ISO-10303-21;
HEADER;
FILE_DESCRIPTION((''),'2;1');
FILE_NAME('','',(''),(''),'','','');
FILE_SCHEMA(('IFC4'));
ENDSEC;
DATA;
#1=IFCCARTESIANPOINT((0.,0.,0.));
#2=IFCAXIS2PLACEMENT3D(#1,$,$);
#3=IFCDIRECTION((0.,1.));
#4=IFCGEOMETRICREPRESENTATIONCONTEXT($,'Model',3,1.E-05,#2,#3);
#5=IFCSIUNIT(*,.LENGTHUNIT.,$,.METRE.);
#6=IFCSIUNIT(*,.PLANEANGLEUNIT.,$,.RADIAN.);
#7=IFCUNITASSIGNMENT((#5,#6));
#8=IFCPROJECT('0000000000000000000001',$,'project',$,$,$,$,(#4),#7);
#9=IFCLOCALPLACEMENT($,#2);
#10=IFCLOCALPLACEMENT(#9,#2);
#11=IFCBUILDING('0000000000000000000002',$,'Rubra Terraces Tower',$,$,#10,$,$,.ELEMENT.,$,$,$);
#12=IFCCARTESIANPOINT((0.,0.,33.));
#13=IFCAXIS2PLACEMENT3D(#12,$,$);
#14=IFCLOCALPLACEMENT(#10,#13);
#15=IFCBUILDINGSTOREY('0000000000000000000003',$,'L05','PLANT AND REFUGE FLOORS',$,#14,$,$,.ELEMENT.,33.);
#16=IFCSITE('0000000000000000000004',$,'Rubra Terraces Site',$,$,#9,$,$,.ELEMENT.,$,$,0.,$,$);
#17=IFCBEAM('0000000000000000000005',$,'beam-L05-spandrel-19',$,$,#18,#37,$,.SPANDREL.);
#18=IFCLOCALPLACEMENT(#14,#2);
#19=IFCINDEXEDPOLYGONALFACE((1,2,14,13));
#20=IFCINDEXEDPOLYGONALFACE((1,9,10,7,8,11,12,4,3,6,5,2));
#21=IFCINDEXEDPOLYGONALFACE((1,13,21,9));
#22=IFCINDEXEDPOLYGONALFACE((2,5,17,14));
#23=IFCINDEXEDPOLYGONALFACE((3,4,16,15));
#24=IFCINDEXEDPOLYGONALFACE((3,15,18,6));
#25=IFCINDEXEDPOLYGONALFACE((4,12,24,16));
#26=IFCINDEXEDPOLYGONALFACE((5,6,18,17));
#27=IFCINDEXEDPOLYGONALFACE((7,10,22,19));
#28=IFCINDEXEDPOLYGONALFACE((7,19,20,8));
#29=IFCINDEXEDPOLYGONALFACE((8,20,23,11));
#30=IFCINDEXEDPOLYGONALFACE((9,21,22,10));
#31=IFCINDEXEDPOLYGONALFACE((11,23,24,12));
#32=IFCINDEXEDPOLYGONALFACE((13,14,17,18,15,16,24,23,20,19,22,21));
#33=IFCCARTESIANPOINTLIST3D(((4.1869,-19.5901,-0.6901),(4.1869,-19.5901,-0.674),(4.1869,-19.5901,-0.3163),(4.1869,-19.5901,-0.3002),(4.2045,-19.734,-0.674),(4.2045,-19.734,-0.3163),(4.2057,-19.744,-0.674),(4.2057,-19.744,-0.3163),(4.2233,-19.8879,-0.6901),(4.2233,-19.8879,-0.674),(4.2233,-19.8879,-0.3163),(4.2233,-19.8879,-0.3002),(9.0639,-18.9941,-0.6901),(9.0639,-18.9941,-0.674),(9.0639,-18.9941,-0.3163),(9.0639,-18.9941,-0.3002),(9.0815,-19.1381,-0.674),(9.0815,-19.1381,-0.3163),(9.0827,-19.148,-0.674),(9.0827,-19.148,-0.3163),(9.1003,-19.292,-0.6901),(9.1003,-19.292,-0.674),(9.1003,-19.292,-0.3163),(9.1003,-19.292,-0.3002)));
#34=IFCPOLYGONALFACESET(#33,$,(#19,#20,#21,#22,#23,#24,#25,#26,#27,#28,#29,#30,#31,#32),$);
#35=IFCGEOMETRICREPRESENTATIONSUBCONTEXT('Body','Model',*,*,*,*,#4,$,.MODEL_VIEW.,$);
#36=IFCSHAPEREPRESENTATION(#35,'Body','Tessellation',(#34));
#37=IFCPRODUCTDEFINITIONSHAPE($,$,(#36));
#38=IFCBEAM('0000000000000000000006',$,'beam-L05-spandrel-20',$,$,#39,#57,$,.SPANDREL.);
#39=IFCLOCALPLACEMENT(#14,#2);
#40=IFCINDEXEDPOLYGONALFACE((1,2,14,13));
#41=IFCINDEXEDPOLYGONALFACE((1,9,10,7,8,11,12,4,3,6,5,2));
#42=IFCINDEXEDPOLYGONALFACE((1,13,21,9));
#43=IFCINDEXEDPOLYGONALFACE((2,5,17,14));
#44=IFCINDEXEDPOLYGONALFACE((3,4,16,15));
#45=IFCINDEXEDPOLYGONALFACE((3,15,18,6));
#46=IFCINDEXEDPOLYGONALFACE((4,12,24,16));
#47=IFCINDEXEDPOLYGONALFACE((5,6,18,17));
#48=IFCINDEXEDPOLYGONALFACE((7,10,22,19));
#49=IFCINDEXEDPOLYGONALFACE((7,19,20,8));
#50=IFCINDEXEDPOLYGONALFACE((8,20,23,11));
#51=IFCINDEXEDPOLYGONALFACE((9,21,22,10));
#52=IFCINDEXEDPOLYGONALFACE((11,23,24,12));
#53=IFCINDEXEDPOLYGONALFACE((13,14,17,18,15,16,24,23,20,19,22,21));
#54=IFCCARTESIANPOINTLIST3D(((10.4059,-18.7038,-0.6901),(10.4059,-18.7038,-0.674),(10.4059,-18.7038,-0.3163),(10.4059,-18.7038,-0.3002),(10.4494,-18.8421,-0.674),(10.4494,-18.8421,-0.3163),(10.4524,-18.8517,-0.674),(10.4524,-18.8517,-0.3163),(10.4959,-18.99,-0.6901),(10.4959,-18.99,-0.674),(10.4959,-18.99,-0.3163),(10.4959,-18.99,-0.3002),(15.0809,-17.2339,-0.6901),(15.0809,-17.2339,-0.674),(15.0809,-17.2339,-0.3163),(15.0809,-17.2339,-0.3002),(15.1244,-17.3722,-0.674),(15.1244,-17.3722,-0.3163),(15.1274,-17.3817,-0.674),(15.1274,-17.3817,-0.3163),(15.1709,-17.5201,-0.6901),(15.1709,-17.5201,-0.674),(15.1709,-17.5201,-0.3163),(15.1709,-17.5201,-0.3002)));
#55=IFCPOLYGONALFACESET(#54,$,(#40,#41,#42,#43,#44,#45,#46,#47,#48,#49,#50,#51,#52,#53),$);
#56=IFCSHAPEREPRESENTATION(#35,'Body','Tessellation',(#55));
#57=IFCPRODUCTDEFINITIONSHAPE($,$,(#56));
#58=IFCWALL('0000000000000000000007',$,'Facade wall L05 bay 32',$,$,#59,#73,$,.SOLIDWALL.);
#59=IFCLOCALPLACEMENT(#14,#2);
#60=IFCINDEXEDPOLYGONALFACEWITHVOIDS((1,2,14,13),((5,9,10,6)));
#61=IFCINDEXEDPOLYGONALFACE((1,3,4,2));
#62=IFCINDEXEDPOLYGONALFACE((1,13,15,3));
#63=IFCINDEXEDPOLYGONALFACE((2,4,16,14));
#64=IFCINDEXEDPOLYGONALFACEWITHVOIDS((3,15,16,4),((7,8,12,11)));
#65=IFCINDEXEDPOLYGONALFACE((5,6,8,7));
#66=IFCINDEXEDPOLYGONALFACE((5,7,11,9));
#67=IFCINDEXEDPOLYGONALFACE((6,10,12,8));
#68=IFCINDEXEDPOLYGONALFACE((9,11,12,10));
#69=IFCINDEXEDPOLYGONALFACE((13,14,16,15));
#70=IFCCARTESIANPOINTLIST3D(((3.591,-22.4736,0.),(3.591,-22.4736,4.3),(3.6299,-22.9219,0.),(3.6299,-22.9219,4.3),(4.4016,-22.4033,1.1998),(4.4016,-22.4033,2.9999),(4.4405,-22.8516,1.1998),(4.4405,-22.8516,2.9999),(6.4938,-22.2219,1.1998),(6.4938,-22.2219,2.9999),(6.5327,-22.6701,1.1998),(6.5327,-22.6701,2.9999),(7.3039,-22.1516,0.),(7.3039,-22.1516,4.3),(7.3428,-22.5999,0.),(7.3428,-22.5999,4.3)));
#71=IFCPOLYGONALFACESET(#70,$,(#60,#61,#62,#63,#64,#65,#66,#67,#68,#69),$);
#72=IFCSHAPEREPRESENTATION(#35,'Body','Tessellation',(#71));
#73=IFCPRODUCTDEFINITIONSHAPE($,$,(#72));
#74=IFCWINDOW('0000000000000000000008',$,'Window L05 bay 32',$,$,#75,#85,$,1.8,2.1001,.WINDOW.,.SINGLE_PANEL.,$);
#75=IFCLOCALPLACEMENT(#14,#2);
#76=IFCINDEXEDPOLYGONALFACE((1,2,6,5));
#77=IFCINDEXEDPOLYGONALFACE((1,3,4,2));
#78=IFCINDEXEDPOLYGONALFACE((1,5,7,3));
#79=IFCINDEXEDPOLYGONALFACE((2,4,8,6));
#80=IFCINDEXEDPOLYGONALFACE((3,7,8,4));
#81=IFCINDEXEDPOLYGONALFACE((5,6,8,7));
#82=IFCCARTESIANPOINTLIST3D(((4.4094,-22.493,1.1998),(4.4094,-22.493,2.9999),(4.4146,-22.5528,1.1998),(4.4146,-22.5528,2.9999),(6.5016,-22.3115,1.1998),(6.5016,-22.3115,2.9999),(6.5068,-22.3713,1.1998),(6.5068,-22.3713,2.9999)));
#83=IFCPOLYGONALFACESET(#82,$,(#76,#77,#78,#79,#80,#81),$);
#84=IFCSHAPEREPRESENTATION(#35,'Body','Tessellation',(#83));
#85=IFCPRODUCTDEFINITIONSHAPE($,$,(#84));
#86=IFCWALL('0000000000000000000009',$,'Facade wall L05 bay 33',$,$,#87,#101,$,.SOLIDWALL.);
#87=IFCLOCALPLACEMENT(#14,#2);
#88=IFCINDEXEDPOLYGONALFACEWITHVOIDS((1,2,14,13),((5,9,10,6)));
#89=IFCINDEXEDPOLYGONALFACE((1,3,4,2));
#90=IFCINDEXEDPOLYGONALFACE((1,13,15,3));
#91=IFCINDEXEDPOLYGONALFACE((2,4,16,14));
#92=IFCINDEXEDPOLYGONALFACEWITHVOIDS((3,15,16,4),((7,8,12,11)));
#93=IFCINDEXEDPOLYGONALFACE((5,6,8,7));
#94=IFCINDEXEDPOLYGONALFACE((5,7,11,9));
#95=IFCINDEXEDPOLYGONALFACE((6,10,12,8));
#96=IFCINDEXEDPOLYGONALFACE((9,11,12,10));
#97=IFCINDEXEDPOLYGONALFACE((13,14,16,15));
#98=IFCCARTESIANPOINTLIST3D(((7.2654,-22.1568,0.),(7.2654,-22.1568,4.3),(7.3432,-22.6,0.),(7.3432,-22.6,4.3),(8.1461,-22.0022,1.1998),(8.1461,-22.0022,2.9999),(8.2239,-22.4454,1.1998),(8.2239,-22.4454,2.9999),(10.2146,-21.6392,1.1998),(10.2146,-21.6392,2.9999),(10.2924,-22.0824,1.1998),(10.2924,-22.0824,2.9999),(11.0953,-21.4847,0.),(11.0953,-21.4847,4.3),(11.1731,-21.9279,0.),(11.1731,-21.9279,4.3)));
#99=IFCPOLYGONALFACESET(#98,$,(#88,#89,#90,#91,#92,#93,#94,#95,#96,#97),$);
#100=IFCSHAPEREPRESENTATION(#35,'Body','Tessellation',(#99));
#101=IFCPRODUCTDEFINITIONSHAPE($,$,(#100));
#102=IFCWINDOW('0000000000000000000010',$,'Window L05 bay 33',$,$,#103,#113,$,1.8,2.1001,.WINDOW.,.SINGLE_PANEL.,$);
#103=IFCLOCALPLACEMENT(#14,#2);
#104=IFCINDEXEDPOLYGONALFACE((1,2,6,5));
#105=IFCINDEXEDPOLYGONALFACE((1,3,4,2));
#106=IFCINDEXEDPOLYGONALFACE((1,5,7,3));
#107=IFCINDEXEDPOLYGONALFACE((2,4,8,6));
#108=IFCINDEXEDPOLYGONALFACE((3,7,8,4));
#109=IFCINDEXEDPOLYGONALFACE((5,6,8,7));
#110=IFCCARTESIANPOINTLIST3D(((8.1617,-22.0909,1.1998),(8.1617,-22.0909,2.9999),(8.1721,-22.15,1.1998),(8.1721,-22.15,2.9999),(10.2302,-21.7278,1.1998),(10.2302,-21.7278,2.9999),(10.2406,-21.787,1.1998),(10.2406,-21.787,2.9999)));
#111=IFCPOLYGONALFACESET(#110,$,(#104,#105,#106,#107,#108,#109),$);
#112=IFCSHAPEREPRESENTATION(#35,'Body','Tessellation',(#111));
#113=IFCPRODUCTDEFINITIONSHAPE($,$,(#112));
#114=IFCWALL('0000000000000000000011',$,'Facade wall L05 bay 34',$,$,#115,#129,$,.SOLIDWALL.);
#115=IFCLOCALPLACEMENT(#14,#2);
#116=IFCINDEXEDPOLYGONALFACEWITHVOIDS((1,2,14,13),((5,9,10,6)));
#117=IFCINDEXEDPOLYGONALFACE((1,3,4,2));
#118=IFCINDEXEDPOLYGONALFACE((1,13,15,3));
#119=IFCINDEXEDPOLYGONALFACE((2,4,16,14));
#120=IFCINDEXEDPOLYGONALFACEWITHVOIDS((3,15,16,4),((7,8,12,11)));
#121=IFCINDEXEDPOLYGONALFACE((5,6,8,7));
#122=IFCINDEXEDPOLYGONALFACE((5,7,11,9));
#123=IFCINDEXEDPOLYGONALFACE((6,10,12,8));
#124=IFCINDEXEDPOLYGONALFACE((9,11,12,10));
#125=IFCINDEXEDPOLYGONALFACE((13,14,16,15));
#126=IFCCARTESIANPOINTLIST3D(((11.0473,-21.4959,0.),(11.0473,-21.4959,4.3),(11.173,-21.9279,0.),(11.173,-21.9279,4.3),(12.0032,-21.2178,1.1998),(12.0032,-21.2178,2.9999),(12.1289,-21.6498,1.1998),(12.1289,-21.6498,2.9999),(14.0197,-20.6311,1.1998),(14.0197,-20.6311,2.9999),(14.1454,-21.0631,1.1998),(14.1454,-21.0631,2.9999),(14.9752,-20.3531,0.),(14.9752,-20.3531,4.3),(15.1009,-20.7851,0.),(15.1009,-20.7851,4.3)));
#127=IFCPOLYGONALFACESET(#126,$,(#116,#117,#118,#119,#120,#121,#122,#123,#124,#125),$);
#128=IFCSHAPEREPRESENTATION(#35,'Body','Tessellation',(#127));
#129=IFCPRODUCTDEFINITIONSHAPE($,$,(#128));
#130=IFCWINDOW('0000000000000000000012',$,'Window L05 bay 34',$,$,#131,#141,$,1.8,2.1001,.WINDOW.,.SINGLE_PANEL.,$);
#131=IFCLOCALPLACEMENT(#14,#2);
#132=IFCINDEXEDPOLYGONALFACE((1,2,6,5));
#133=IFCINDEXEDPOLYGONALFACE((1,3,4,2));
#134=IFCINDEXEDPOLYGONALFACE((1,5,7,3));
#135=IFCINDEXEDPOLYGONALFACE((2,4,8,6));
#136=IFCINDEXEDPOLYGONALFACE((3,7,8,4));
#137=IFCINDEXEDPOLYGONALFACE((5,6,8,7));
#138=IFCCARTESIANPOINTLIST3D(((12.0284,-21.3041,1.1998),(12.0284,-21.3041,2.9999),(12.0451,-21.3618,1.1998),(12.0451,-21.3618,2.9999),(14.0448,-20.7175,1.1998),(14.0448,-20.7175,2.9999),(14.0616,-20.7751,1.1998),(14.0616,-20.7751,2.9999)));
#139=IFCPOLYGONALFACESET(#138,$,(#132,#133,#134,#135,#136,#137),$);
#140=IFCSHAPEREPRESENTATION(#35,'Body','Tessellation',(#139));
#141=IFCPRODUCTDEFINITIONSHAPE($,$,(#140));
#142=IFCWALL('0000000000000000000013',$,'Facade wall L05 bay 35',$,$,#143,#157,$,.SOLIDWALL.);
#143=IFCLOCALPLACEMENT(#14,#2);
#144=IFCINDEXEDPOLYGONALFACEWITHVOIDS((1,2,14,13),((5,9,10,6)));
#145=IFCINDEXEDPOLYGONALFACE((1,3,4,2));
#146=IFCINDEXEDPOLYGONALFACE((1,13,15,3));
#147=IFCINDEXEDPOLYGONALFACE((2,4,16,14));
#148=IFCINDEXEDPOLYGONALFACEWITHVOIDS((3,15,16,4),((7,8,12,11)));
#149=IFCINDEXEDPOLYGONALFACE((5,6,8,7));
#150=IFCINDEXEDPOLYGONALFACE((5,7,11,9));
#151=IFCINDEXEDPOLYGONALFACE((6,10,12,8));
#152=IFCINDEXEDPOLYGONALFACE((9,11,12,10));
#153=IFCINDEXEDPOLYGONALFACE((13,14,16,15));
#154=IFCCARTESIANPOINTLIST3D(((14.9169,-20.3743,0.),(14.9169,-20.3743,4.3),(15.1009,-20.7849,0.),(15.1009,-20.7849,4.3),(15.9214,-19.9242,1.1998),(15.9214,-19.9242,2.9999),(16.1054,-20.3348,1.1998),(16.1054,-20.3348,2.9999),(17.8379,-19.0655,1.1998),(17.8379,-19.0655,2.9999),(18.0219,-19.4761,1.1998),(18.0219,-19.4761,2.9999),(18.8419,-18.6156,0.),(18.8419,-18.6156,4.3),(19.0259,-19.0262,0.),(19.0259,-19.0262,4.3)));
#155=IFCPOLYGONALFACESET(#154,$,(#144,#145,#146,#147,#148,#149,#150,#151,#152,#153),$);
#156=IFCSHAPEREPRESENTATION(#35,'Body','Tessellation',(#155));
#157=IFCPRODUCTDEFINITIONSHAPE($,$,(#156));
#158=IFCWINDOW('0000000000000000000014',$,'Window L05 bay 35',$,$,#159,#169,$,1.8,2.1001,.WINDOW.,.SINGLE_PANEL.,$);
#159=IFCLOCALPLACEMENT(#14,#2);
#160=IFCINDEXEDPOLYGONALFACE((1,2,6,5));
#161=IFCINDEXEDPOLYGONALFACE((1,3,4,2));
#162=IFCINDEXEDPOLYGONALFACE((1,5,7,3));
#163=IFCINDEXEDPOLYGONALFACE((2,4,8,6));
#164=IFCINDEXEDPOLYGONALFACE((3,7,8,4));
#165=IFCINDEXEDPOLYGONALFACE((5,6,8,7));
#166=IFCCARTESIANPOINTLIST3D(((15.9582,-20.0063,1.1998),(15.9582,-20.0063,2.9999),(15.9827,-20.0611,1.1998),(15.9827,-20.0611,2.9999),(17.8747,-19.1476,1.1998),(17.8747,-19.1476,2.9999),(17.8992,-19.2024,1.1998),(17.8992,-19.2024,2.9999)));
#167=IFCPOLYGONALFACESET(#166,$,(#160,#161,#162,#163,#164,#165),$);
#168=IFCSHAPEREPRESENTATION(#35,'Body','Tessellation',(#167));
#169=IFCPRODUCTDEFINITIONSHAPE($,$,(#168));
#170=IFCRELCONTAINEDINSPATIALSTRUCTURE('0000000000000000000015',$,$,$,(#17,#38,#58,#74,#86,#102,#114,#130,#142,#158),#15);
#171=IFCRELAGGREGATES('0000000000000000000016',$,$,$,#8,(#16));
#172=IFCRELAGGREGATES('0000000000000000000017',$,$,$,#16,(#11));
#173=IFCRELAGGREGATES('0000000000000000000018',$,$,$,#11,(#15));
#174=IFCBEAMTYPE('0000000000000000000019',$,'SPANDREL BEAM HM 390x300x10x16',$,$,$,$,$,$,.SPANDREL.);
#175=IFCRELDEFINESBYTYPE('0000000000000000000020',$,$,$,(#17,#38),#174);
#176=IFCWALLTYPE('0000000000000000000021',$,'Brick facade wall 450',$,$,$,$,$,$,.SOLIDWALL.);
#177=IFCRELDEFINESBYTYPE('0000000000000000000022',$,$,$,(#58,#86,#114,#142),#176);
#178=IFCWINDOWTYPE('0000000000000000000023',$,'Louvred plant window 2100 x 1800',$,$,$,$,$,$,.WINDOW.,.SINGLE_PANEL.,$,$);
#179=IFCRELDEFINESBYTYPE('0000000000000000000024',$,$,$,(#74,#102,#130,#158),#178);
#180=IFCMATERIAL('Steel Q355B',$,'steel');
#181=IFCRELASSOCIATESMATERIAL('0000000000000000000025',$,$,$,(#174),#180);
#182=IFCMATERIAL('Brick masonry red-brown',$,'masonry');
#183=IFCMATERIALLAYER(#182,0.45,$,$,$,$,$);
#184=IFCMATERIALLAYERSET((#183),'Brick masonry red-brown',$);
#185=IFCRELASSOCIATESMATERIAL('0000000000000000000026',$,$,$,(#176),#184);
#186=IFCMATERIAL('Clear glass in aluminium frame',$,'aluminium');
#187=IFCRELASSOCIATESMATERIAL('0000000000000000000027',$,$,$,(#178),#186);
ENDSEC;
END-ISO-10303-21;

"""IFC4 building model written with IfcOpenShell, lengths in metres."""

from ifc_helpers import new_model, si_unit, direction, frame, frame_2d, origin, origin_2d, place, context, subcontext, project, spatial, rectangle, i_section, extrude, material, layer, layer_set, material_profile, profile_set, type_object, element, fill, save


model = new_model("IFC4")

# Units and contexts
model_context = context("Model", 3, precision=1e-05, world=origin(), true_north=direction((0.0, 1.0)))
body_context = subcontext(model_context, "Body", "Model", "MODEL_VIEW")
ifc_project = project(units=[si_unit("LENGTHUNIT", "METRE"), si_unit("PLANEANGLEUNIT", "RADIAN")], contexts=[model_context])

# Site, building, storey
site_placement = place(None, origin())
site = spatial("IfcSite", under=ifc_project, at=site_placement, Name="Rubra Terraces Site", CompositionType="ELEMENT", RefElevation=0.0)
building_placement = place(site_placement, origin())
building = spatial("IfcBuilding", under=site, at=building_placement, Name="Rubra Terraces Tower", CompositionType="ELEMENT")
storey_placement = place(building_placement, frame((0.0, 0.0, 33.0)))
storey = spatial("IfcBuildingStorey", under=building, at=storey_placement, Name="L05", Description="PLANT AND REFUGE FLOORS", CompositionType="ELEMENT", Elevation=33.0)

# Shared definitions
ifc_material_1 = material(Name="Steel Q355B", Category="steel")

# Beams
ifc_material_profile_1 = material_profile(ifc_material_1, i_section(OverallWidth=0.3, OverallDepth=0.3899, WebThickness=0.01, FlangeThickness=0.0161, at=origin_2d()), Name="HM 390x300x10x16")
ifc_profile_set_1 = profile_set([ifc_material_profile_1], Name="Steel Q355B")
beam_type_1 = type_object("IfcBeamType", Name="SPANDREL BEAM HM 390x300x10x16", PredefinedType="SPANDREL", material=ifc_profile_set_1)
beam_1_placement = place(storey_placement, frame((4.2051, -19.739, -0.4951), z_axis=(0.992617, 0.121294, 0.0), x_axis=(-0.121294, 0.992617, 0.0)))
element("IfcBeam", 1, at=beam_1_placement, inside=storey, type_object=beam_type_1, Name="beam-L05-spandrel-19", PredefinedType="SPANDREL", context=body_context, shape_type="SweptSolid", body=[
    extrude(i_section(OverallWidth=0.3, OverallDepth=0.3899, WebThickness=0.01, FlangeThickness=0.0161, at=origin_2d()), origin(), (0.0, 0.0, 1.0), 4.9133),
])
beam_2_placement = place(storey_placement, frame((10.4509, -18.8469, -0.4951), z_axis=(0.953955, 0.299951, 0.0), x_axis=(-0.299951, 0.953955, 0.0)))
element("IfcBeam", 2, at=beam_2_placement, inside=storey, type_object=beam_type_1, Name="beam-L05-spandrel-20", PredefinedType="SPANDREL", context=body_context, shape_type="SweptSolid", body=[
    extrude(i_section(OverallWidth=0.3, OverallDepth=0.3899, WebThickness=0.01, FlangeThickness=0.0161, at=origin_2d()), origin(), (0.0, 0.0, 1.0), 4.9006),
])

# Walls, openings, windows
ifc_material_2 = material(Name="Brick masonry red-brown", Category="masonry")
ifc_layer_1 = layer(ifc_material_2, 0.45)
ifc_layer_set_1 = layer_set([ifc_layer_1], Name="Brick masonry red-brown")
wall_type_1 = type_object("IfcWallType", Name="Brick facade wall 450", PredefinedType="SOLIDWALL", material=ifc_layer_set_1)
wall_1_placement = place(storey_placement, frame((3.6106, -22.6978, 0.0), z_axis=(0.0, 0.0, 1.0), x_axis=(0.99626, 0.086406, 0.0)))
wall_1 = element("IfcWall", 3, at=wall_1_placement, inside=storey, type_object=wall_type_1, Name="Facade wall L05 bay 32", PredefinedType="SOLIDWALL", context=body_context, shape_type="SweptSolid", body=[
    extrude(rectangle(XDim=3.7268, YDim=0.45, at=frame_2d((1.8633, 0.0))), origin(), (0.0, 0.0, 1.0), 4.3),
])
opening_1_placement = place(wall_1_placement, frame((0.8135, 0.0, 1.2)))
opening_1 = element("IfcOpeningElement", 4, at=opening_1_placement, cuts=wall_1, PredefinedType="OPENING", context=body_context, shape_type="SweptSolid", body=[
    extrude(rectangle(XDim=2.1001, YDim=1.8, at=frame_2d((1.05, 0.8999))), frame((0.0, 0.2349, 0.0), z_axis=(0.0, -1.0, 0.0), x_axis=(1.0, 0.0, 0.0)), (0.0, 0.0, 1.0), 0.47),
])
ifc_material_3 = material(Name="Clear glass in aluminium frame", Category="aluminium")
window_type = type_object("IfcWindowType", Name="Louvred plant window 2100 x 1800", PartitioningType="SINGLE_PANEL", PredefinedType="WINDOW", material=ifc_material_3)
window_1_placement = place(opening_1_placement, origin())
window_1 = element("IfcWindow", 5, at=window_1_placement, inside=storey, type_object=window_type, Name="Window L05 bay 32", OverallHeight=1.8, OverallWidth=2.1001, PartitioningType="SINGLE_PANEL", PredefinedType="WINDOW", context=body_context, shape_type="SweptSolid", body=[
    extrude(rectangle(XDim=2.1001, YDim=1.8, at=frame_2d((1.05, 0.8999))), frame((0.0, 0.135, 0.0), z_axis=(0.0, -1.0, 0.0), x_axis=(1.0, 0.0, 0.0)), (0.0, 0.0, 1.0), 0.0601),
])
fill(opening_1, window_1)
wall_2_placement = place(storey_placement, frame((7.3042, -22.3784, 0.0), z_axis=(0.0, 0.0, 1.0), x_axis=(0.984947, 0.172854, 0.0)))
wall_2 = element("IfcWall", 6, at=wall_2_placement, inside=storey, type_object=wall_type_1, Name="Facade wall L05 bay 33", PredefinedType="SOLIDWALL", context=body_context, shape_type="SweptSolid", body=[
    extrude(rectangle(XDim=3.8884, YDim=0.45, at=frame_2d((1.9443, 0.0))), origin(), (0.0, 0.0, 1.0), 4.3),
])
opening_2_placement = place(wall_2_placement, frame((0.8943, 0.0, 1.2)))
opening_2 = element("IfcOpeningElement", 7, at=opening_2_placement, cuts=wall_2, PredefinedType="OPENING", context=body_context, shape_type="SweptSolid", body=[
    extrude(rectangle(XDim=2.1001, YDim=1.8, at=frame_2d((1.05, 0.8999))), frame((0.0, 0.2349, 0.0), z_axis=(0.0, -1.0, 0.0), x_axis=(1.0, 0.0, 0.0)), (0.0, 0.0, 1.0), 0.47),
])
window_2_placement = place(opening_2_placement, origin())
window_2 = element("IfcWindow", 8, at=window_2_placement, inside=storey, type_object=window_type, Name="Window L05 bay 33", OverallHeight=1.8, OverallWidth=2.1001, PartitioningType="SINGLE_PANEL", PredefinedType="WINDOW", context=body_context, shape_type="SweptSolid", body=[
    extrude(rectangle(XDim=2.1001, YDim=1.8, at=frame_2d((1.05, 0.8999))), frame((0.0, 0.135, 0.0), z_axis=(0.0, -1.0, 0.0), x_axis=(1.0, 0.0, 0.0)), (0.0, 0.0, 1.0), 0.0601),
])
fill(opening_2, window_2)
wall_3_placement = place(storey_placement, frame((11.1101, -21.7119, 0.0), z_axis=(0.0, 0.0, 1.0), x_axis=(0.960186, 0.279361, 0.0)))
wall_3 = element("IfcWall", 9, at=wall_3_placement, inside=storey, type_object=wall_type_1, Name="Facade wall L05 bay 34", PredefinedType="SOLIDWALL", context=body_context, shape_type="SweptSolid", body=[
    extrude(rectangle(XDim=4.0908, YDim=0.45, at=frame_2d((2.0454, 0.0))), origin(), (0.0, 0.0, 1.0), 4.3),
])
opening_3_placement = place(wall_3_placement, frame((0.9956, 0.0, 1.2)))
opening_3 = element("IfcOpeningElement", 10, at=opening_3_placement, cuts=wall_3, PredefinedType="OPENING", context=body_context, shape_type="SweptSolid", body=[
    extrude(rectangle(XDim=2.1001, YDim=1.8, at=frame_2d((1.05, 0.8999))), frame((0.0, 0.2349, 0.0), z_axis=(0.0, -1.0, 0.0), x_axis=(1.0, 0.0, 0.0)), (0.0, 0.0, 1.0), 0.47),
])
window_3_placement = place(opening_3_placement, origin())
window_3 = element("IfcWindow", 11, at=window_3_placement, inside=storey, type_object=window_type, Name="Window L05 bay 34", OverallHeight=1.8, OverallWidth=2.1001, PartitioningType="SINGLE_PANEL", PredefinedType="WINDOW", context=body_context, shape_type="SweptSolid", body=[
    extrude(rectangle(XDim=2.1001, YDim=1.8, at=frame_2d((1.05, 0.8999))), frame((0.0, 0.135, 0.0), z_axis=(0.0, -1.0, 0.0), x_axis=(1.0, 0.0, 0.0)), (0.0, 0.0, 1.0), 0.0601),
])
fill(opening_3, window_3)
wall_4_placement = place(storey_placement, frame((15.009, -20.5796, 0.0), z_axis=(0.0, 0.0, 1.0), x_axis=(0.912571, 0.408917, 0.0)))
wall_4 = element("IfcWall", 12, at=wall_4_placement, inside=storey, type_object=wall_type_1, Name="Facade wall L05 bay 35", PredefinedType="SOLIDWALL", context=body_context, shape_type="SweptSolid", body=[
    extrude(rectangle(XDim=4.301, YDim=0.45, at=frame_2d((2.1504, 0.0))), origin(), (0.0, 0.0, 1.0), 4.3),
])
opening_4_placement = place(wall_4_placement, frame((1.1006, 0.0, 1.2)))
opening_4 = element("IfcOpeningElement", 13, at=opening_4_placement, cuts=wall_4, PredefinedType="OPENING", context=body_context, shape_type="SweptSolid", body=[
    extrude(rectangle(XDim=2.1001, YDim=1.8, at=frame_2d((1.05, 0.8999))), frame((0.0, 0.2349, 0.0), z_axis=(0.0, -1.0, 0.0), x_axis=(1.0, 0.0, 0.0)), (0.0, 0.0, 1.0), 0.47),
])
window_4_placement = place(opening_4_placement, origin())
window_4 = element("IfcWindow", 14, at=window_4_placement, inside=storey, type_object=window_type, Name="Window L05 bay 35", OverallHeight=1.8, OverallWidth=2.1001, PartitioningType="SINGLE_PANEL", PredefinedType="WINDOW", context=body_context, shape_type="SweptSolid", body=[
    extrude(rectangle(XDim=2.1001, YDim=1.8, at=frame_2d((1.05, 0.8999))), frame((0.0, 0.135, 0.0), z_axis=(0.0, -1.0, 0.0), x_axis=(1.0, 0.0, 0.0)), (0.0, 0.0, 1.0), 0.0601),
])
fill(opening_4, window_4)

save(model, "model.ifc")
